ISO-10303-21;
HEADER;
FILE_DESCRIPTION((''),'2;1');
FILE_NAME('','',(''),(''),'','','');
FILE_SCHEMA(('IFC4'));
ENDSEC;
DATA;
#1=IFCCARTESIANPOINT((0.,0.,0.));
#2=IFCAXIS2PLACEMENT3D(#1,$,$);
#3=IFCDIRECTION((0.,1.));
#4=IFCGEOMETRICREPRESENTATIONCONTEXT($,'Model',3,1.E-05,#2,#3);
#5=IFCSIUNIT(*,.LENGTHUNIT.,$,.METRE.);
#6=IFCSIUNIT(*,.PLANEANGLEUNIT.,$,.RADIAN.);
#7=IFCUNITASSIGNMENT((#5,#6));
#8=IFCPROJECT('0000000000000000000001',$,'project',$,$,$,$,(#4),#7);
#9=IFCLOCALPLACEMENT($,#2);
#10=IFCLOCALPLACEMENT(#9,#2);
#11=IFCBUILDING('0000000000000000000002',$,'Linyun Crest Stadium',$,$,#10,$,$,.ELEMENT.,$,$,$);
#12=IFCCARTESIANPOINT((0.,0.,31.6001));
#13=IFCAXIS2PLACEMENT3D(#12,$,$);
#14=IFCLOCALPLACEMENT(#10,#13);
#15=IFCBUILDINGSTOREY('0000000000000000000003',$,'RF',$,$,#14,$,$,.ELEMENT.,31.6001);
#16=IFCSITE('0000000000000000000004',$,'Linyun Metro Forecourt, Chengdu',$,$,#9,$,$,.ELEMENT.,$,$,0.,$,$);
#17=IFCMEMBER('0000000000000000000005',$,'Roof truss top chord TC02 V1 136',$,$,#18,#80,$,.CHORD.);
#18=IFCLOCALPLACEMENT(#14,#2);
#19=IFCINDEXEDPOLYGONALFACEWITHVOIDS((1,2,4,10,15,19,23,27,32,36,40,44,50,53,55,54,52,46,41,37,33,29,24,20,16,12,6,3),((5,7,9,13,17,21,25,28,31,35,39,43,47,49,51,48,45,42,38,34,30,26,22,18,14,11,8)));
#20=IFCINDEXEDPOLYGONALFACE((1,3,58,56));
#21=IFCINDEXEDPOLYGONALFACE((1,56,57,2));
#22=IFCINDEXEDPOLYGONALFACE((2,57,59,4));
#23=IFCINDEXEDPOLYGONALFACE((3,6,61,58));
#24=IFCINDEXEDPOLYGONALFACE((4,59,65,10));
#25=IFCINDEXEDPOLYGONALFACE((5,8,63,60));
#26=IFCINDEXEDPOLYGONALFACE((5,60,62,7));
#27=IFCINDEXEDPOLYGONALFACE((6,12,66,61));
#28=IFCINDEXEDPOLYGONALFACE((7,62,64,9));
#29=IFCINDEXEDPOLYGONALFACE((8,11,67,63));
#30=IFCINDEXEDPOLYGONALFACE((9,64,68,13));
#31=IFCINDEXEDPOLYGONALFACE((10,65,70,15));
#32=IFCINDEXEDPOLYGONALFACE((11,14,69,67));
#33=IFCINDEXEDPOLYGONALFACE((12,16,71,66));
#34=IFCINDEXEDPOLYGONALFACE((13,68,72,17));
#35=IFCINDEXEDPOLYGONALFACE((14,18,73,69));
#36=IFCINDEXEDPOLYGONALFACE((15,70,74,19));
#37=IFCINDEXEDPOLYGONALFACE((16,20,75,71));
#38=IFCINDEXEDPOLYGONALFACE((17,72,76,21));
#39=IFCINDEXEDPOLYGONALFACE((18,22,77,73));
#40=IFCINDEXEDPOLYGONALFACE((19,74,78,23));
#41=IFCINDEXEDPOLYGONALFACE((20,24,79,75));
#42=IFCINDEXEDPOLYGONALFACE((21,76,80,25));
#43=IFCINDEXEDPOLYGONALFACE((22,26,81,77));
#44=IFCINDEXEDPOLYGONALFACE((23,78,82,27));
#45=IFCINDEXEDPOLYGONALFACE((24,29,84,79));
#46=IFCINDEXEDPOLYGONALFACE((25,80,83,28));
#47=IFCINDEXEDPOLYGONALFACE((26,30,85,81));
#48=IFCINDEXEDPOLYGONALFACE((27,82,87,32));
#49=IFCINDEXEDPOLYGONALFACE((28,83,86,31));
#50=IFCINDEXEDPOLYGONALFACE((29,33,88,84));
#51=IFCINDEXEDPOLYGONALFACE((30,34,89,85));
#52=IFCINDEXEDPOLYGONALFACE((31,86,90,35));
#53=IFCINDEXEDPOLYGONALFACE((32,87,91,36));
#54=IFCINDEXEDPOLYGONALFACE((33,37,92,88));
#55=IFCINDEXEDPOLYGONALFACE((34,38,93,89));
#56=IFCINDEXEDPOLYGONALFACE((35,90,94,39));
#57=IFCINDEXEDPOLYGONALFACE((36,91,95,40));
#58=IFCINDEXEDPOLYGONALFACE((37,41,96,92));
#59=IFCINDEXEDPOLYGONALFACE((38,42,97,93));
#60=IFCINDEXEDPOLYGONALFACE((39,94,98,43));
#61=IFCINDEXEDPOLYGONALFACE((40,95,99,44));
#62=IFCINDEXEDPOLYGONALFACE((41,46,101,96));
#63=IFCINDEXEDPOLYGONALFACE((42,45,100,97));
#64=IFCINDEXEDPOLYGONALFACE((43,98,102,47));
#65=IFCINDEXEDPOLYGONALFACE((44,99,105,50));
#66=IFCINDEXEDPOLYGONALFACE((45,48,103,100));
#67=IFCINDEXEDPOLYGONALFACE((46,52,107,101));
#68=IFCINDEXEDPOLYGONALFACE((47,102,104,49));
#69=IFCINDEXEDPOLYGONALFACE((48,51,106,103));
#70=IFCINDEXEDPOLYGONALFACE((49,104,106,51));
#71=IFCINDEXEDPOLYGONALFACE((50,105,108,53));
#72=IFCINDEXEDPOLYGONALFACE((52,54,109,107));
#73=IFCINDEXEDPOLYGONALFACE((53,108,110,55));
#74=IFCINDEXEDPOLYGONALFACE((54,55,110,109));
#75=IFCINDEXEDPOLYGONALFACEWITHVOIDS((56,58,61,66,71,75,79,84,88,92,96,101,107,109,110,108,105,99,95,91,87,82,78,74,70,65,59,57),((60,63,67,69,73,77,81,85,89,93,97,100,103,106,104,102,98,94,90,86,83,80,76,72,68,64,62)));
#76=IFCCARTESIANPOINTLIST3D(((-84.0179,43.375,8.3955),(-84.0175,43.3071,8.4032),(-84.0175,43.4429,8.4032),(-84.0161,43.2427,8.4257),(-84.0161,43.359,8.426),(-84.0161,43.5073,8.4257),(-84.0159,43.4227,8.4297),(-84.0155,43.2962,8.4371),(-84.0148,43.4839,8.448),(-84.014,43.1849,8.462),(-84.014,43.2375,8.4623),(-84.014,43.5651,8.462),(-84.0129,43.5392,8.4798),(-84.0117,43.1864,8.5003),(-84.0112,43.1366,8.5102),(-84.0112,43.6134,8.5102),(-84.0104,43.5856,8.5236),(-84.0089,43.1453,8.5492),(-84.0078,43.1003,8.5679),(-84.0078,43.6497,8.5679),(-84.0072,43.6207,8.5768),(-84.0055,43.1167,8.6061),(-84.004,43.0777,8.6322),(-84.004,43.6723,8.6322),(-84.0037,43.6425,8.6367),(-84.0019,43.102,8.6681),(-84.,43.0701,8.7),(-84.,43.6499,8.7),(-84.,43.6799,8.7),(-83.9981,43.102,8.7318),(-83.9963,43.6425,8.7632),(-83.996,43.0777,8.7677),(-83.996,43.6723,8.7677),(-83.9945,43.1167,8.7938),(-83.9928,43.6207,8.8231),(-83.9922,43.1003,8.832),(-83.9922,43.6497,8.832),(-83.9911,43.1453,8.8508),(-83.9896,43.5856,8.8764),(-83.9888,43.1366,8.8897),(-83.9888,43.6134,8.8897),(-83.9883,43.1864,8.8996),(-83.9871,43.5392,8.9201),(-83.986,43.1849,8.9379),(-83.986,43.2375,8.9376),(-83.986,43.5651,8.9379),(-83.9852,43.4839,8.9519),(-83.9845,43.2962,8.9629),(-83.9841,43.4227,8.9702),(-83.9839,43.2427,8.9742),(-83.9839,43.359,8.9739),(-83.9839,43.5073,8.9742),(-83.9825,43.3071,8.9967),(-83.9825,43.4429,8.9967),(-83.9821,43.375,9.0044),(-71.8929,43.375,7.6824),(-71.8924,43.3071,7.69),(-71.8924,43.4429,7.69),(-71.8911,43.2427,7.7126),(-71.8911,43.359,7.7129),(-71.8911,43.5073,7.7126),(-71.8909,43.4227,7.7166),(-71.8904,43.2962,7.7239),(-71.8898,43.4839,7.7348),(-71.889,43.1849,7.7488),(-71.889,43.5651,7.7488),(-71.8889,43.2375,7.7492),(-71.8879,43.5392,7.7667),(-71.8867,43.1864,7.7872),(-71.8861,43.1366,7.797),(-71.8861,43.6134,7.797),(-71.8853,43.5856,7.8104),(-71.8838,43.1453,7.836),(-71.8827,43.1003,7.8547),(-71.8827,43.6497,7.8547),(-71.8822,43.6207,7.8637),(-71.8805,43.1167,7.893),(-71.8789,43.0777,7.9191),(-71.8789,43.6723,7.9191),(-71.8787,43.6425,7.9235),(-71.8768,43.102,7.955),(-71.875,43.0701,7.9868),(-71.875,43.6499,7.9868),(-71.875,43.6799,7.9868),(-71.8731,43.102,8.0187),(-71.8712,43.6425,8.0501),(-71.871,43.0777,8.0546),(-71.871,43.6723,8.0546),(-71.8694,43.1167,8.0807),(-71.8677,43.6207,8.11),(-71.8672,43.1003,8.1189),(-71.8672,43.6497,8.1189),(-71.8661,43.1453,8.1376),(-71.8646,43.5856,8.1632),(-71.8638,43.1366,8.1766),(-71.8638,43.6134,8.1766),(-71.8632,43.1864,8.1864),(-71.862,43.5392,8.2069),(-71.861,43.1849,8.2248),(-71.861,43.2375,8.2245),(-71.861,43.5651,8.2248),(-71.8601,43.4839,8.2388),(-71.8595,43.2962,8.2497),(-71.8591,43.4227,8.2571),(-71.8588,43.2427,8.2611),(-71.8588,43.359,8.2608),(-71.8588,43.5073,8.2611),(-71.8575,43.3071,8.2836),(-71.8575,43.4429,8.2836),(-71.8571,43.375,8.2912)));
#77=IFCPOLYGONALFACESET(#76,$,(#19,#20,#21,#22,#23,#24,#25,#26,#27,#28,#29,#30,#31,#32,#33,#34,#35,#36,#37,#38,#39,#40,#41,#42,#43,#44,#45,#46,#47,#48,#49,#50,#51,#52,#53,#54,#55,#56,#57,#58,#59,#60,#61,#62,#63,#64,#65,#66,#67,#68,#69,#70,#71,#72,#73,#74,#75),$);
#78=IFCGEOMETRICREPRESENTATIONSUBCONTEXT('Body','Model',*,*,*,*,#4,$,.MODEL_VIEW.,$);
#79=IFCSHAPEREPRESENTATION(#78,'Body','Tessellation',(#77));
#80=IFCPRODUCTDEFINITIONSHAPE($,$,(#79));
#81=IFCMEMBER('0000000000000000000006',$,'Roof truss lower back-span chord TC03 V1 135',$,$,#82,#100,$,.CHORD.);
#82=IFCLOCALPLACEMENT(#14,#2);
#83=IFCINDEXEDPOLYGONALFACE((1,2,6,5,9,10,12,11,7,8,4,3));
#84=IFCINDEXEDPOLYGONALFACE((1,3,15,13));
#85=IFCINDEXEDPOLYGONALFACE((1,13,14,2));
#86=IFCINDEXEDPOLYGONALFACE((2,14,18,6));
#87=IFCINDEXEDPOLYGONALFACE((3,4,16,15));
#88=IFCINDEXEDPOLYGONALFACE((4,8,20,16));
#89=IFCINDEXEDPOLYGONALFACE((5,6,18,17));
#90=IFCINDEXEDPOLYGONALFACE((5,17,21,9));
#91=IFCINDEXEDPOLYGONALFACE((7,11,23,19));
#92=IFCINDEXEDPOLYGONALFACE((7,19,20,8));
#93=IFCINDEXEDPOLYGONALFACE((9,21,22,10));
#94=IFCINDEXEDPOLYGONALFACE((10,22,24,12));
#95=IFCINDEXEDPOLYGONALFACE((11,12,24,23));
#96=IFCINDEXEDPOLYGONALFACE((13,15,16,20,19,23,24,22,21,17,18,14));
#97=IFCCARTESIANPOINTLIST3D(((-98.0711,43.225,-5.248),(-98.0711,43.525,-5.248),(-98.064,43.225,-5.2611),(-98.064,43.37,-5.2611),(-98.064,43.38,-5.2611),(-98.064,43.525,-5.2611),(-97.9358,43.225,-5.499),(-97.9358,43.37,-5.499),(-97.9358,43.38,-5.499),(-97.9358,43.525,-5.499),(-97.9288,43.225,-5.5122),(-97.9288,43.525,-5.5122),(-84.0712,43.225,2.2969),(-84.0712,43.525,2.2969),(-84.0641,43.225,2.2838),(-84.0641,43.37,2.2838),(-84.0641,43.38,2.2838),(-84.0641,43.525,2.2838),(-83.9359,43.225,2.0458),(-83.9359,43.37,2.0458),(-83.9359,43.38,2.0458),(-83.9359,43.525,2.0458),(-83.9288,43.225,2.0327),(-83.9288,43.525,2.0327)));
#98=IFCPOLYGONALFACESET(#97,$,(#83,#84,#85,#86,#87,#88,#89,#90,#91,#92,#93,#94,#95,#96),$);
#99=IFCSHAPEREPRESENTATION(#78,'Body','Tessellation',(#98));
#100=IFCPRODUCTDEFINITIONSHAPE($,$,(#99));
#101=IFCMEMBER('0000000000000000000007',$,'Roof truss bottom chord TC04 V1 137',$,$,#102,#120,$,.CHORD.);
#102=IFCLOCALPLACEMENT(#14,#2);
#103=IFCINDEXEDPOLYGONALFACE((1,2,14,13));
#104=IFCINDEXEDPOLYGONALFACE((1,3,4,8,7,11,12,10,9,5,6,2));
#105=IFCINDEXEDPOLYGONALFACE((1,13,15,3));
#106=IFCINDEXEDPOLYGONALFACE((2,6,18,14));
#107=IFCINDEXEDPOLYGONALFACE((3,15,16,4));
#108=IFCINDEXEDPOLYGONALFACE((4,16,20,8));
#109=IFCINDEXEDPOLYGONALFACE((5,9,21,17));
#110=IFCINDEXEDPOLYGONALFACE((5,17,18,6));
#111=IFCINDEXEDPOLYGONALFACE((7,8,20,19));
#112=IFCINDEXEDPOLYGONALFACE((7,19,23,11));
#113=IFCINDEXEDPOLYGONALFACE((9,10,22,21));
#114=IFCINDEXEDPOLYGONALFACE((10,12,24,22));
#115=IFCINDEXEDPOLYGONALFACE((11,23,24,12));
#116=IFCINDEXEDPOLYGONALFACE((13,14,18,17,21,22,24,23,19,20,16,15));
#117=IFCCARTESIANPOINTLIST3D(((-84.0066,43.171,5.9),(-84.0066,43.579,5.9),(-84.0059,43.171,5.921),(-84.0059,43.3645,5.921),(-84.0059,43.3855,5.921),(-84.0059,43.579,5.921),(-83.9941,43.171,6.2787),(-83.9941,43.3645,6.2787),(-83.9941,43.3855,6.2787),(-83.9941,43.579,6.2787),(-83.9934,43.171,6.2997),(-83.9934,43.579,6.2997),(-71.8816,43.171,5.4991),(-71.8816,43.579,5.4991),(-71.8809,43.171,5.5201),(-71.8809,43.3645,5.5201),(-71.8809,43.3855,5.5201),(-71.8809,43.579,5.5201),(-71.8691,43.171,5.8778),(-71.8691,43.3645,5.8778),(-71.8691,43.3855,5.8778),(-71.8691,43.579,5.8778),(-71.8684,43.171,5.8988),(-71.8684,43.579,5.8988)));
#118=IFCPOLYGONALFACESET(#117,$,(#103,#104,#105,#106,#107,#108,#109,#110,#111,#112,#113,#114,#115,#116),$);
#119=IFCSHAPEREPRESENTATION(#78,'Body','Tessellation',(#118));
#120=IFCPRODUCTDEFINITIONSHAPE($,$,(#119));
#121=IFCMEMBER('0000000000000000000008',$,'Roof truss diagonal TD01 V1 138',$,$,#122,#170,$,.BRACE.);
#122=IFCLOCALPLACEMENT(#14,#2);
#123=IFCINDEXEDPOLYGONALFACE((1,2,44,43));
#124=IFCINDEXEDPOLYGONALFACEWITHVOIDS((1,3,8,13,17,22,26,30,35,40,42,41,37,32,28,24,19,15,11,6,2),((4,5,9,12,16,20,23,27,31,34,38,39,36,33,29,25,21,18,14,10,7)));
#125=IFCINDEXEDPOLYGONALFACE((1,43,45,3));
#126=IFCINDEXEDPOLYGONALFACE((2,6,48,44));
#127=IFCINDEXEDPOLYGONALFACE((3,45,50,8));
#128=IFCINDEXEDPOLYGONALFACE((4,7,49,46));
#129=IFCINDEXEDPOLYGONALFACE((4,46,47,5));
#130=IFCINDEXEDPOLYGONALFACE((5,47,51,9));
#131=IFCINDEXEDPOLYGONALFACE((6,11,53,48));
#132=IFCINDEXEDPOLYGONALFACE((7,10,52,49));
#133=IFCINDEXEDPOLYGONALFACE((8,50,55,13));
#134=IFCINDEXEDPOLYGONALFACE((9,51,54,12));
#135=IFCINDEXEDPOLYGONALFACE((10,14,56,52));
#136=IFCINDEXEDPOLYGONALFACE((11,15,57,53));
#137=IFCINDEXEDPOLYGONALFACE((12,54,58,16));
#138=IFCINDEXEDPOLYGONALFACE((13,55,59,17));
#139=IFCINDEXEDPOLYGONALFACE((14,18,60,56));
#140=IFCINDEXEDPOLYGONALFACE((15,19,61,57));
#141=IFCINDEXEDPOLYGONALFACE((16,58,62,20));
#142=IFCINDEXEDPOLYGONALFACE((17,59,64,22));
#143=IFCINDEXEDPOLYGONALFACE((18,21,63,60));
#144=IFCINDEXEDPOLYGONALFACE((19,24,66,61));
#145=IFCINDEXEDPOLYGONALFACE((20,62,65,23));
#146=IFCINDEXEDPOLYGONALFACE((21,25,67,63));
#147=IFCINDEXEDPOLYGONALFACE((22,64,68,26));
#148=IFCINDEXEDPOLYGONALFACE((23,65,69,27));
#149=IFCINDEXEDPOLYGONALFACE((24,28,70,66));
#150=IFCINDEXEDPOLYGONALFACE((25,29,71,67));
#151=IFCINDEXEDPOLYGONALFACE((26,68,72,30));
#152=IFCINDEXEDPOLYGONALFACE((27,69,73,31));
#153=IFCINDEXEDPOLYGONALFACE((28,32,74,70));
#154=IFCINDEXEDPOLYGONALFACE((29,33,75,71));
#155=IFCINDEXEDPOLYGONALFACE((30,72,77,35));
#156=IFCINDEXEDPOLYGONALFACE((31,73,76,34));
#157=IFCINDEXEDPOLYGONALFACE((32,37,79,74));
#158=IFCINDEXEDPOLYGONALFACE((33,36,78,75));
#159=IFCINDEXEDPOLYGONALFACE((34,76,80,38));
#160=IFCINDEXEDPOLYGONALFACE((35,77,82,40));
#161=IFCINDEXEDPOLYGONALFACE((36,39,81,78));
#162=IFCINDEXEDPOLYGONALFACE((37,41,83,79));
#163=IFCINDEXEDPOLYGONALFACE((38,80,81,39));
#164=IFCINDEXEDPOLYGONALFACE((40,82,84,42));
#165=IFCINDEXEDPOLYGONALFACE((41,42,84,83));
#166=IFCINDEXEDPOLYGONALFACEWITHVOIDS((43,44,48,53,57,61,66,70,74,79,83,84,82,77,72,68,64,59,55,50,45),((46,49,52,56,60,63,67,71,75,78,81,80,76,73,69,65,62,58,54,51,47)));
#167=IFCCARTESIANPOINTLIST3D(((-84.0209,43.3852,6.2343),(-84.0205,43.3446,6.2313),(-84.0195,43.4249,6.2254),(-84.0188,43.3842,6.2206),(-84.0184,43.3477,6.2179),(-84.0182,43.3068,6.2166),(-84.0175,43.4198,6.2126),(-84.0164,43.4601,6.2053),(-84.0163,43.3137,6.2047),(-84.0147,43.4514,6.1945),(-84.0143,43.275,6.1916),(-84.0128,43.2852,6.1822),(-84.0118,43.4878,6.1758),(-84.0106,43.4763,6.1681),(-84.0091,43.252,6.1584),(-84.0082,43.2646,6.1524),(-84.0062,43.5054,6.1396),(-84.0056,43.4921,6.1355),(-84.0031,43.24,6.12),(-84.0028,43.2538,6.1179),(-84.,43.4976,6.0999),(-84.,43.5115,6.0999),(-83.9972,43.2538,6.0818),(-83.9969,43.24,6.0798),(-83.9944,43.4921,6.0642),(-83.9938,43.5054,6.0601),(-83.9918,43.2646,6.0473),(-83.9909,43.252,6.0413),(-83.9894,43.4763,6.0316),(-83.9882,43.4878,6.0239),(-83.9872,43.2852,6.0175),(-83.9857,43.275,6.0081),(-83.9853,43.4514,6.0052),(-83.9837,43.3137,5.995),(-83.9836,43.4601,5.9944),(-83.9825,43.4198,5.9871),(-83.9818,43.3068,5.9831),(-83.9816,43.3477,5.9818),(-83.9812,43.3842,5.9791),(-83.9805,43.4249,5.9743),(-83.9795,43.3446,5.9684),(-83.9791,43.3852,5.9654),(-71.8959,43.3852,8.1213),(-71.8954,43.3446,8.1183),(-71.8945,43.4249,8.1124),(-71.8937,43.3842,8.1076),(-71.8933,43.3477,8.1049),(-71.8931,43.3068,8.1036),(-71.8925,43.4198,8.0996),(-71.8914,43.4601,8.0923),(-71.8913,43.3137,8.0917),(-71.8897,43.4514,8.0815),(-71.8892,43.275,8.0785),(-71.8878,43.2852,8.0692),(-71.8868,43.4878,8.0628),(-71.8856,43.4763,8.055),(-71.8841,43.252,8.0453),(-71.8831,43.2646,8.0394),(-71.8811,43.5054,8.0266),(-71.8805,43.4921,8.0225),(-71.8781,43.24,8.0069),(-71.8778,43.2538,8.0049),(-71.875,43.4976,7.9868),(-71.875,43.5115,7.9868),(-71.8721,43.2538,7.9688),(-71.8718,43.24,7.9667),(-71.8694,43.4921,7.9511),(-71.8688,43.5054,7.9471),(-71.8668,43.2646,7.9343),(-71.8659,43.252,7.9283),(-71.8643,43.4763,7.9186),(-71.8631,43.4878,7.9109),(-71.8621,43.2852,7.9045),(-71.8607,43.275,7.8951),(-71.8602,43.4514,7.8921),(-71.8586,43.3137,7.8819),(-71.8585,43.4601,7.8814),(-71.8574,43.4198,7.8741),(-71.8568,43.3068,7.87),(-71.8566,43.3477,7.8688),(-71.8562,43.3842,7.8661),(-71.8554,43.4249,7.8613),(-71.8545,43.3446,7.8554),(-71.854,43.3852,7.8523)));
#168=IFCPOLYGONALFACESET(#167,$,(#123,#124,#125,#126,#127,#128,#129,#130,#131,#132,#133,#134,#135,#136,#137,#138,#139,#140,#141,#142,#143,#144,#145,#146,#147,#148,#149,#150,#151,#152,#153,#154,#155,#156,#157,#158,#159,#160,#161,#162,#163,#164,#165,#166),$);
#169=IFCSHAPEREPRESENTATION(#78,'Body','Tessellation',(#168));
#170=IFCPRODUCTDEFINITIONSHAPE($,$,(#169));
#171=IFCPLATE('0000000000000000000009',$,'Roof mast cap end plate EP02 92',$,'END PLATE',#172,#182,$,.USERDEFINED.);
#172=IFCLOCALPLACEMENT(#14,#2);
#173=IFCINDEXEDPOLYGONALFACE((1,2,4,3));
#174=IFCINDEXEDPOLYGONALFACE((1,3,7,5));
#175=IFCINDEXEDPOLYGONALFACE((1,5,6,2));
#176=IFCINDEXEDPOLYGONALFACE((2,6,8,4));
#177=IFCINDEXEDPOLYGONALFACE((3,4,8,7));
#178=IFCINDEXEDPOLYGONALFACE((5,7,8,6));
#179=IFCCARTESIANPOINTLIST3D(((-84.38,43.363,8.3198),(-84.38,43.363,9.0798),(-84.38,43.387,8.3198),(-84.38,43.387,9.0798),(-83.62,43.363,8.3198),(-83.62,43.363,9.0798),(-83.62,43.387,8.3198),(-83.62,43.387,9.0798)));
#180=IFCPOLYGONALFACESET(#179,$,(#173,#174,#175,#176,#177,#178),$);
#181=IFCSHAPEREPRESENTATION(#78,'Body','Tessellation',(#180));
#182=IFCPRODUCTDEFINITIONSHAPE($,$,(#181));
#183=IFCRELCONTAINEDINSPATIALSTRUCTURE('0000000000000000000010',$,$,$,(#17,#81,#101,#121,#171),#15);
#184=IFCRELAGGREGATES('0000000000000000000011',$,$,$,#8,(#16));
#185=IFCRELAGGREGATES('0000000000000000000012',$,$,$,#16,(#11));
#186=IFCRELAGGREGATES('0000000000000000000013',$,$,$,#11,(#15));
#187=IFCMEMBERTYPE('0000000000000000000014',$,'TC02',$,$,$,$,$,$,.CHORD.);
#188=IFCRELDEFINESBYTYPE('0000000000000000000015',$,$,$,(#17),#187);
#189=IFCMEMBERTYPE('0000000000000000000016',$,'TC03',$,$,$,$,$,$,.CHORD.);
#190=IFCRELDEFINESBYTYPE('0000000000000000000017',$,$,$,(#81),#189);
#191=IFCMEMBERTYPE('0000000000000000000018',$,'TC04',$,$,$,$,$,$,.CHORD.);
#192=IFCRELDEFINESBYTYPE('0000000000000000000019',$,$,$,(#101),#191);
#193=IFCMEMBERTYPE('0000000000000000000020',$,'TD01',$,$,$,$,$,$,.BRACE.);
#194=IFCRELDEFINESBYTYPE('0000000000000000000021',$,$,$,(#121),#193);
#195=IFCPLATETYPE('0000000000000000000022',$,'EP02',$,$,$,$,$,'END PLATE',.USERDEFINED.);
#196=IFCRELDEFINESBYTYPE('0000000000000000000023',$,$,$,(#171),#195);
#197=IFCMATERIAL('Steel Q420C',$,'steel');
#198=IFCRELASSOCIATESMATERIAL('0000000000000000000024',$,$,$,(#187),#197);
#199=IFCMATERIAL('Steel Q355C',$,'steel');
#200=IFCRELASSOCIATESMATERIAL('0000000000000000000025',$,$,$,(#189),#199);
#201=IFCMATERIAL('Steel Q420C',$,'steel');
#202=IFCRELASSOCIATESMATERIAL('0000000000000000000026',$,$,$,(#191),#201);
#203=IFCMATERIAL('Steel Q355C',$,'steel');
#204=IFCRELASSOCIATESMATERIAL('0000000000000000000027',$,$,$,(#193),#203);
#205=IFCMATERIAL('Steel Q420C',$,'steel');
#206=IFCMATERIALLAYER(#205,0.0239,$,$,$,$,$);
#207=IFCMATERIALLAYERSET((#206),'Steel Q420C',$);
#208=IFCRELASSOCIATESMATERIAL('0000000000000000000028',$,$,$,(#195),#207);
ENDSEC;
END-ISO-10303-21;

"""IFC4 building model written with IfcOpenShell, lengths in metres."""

from ifc_helpers import new_model, si_unit, direction, frame, origin, origin_2d, place, context, subcontext, project, spatial, rectangle, hollow_circle, i_section, extrude, material, layer, layer_set, material_profile, profile_set, type_object, element, save


model = new_model("IFC4")

# Units and contexts
model_context = context("Model", 3, precision=1e-05, world=origin(), true_north=direction((0.0, 1.0)))
body_context = subcontext(model_context, "Body", "Model", "MODEL_VIEW")
ifc_project = project(units=[si_unit("LENGTHUNIT", "METRE"), si_unit("PLANEANGLEUNIT", "RADIAN")], contexts=[model_context])

# Site, building, storey
site_placement = place(None, origin())
site = spatial("IfcSite", under=ifc_project, at=site_placement, Name="Linyun Metro Forecourt, Chengdu", CompositionType="ELEMENT", RefElevation=0.0)
building_placement = place(site_placement, origin())
building = spatial("IfcBuilding", under=site, at=building_placement, Name="Linyun Crest Stadium", CompositionType="ELEMENT")
storey_placement = place(building_placement, frame((0.0, 0.0, 31.6001)))
storey = spatial("IfcBuildingStorey", under=building, at=storey_placement, Name="RF", CompositionType="ELEMENT", Elevation=31.6001)

# Members
ifc_material_1 = material(Name="Steel Q420C", Category="steel")
ifc_material_profile_1 = material_profile(ifc_material_1, hollow_circle(Radius=0.3049, WallThickness=0.03, at=origin_2d()), Name="CHS 610x30")
ifc_profile_set_1 = profile_set([ifc_material_profile_1], Name="Steel Q420C")
member_type_1 = type_object("IfcMemberType", Name="TC02", PredefinedType="CHORD", material=ifc_profile_set_1)
member_1_placement = place(storey_placement, frame((-84.0, 43.375, 8.7), z_axis=(0.998275, 0.0, -0.058714), x_axis=(0.0, 1.0, 0.0)))
element("IfcMember", 1, at=member_1_placement, inside=storey, type_object=member_type_1, Name="Roof truss top chord TC02 V1 136", PredefinedType="CHORD", context=body_context, shape_type="SweptSolid", body=[
    extrude(hollow_circle(Radius=0.3049, WallThickness=0.03, at=origin_2d()), origin(), (0.0, 0.0, 1.0), 12.146),
])
ifc_material_2 = material(Name="Steel Q355C", Category="steel")
ifc_material_profile_2 = material_profile(ifc_material_2, i_section(OverallWidth=0.3, OverallDepth=0.3, WebThickness=0.01, FlangeThickness=0.0149, at=origin_2d()), Name="HW 300x300")
ifc_profile_set_2 = profile_set([ifc_material_profile_2], Name="Steel Q355C")
member_type_2 = type_object("IfcMemberType", Name="TC03", PredefinedType="CHORD", material=ifc_profile_set_2)
member_2_placement = place(storey_placement, frame((-84.0, 43.375, 2.1648), z_axis=(-0.880301, 0.0, -0.474415), x_axis=(0.0, -1.0, 0.0)))
element("IfcMember", 2, at=member_2_placement, inside=storey, type_object=member_type_2, Name="Roof truss lower back-span chord TC03 V1 135", PredefinedType="CHORD", context=body_context, shape_type="SweptSolid", body=[
    extrude(i_section(OverallWidth=0.3, OverallDepth=0.3, WebThickness=0.01, FlangeThickness=0.0149, at=origin_2d()), origin(), (0.0, 0.0, 1.0), 15.9036),
])
ifc_material_3 = material(Name="Steel Q420C", Category="steel")
ifc_material_profile_3 = material_profile(ifc_material_3, i_section(OverallWidth=0.408, OverallDepth=0.3999, WebThickness=0.021, FlangeThickness=0.021, at=origin_2d()), Name="HW 400x408")
ifc_profile_set_3 = profile_set([ifc_material_profile_3], Name="Steel Q420C")
member_type_3 = type_object("IfcMemberType", Name="TC04", PredefinedType="CHORD", material=ifc_profile_set_3)
member_3_placement = place(storey_placement, frame((-84.0, 43.375, 6.0999), z_axis=(0.999454, 0.0, -0.033044), x_axis=(0.0, 1.0, 0.0)))
element("IfcMember", 3, at=member_3_placement, inside=storey, type_object=member_type_3, Name="Roof truss bottom chord TC04 V1 137", PredefinedType="CHORD", context=body_context, shape_type="SweptSolid", body=[
    extrude(i_section(OverallWidth=0.408, OverallDepth=0.3999, WebThickness=0.021, FlangeThickness=0.021, at=origin_2d()), origin(), (0.0, 0.0, 1.0), 12.1316),
])
ifc_material_4 = material(Name="Steel Q355C", Category="steel")
ifc_material_profile_4 = material_profile(ifc_material_4, hollow_circle(Radius=0.1365, WallThickness=0.0139, at=origin_2d()), Name="CHS 273x14")
ifc_profile_set_4 = profile_set([ifc_material_profile_4], Name="Steel Q355C")
member_type_4 = type_object("IfcMemberType", Name="TD01", PredefinedType="BRACE", material=ifc_profile_set_4)
member_4_placement = place(storey_placement, frame((-84.0, 43.375, 6.0999), z_axis=(0.988106, 0.0, 0.153775), x_axis=(0.0, 1.0, 0.0)))
element("IfcMember", 4, at=member_4_placement, inside=storey, type_object=member_type_4, Name="Roof truss diagonal TD01 V1 138", PredefinedType="BRACE", context=body_context, shape_type="SweptSolid", body=[
    extrude(hollow_circle(Radius=0.1365, WallThickness=0.0139, at=origin_2d()), origin(), (0.0, 0.0, 1.0), 12.271),
])

# Plate
ifc_material_5 = material(Name="Steel Q420C", Category="steel")
ifc_layer_1 = layer(ifc_material_5, 0.0239)
ifc_layer_set_1 = layer_set([ifc_layer_1], Name="Steel Q420C")
plate_type_1 = type_object("IfcPlateType", Name="EP02", ElementType="END PLATE", PredefinedType="USERDEFINED", material=ifc_layer_set_1)
plate_1_placement = place(storey_placement, frame((-84.0, 43.375, 8.3198), z_axis=(0.0, 0.0, 1.0), x_axis=(1.0, 0.0, 0.0)))
element("IfcPlate", 5, at=plate_1_placement, inside=storey, type_object=plate_type_1, Name="Roof mast cap end plate EP02 92", ObjectType="END PLATE", PredefinedType="USERDEFINED", context=body_context, shape_type="SweptSolid", body=[
    extrude(rectangle(XDim=0.76, YDim=0.0239, at=origin_2d()), origin(), (0.0, 0.0, 1.0), 0.76),
])

save(model, "model.ifc")
